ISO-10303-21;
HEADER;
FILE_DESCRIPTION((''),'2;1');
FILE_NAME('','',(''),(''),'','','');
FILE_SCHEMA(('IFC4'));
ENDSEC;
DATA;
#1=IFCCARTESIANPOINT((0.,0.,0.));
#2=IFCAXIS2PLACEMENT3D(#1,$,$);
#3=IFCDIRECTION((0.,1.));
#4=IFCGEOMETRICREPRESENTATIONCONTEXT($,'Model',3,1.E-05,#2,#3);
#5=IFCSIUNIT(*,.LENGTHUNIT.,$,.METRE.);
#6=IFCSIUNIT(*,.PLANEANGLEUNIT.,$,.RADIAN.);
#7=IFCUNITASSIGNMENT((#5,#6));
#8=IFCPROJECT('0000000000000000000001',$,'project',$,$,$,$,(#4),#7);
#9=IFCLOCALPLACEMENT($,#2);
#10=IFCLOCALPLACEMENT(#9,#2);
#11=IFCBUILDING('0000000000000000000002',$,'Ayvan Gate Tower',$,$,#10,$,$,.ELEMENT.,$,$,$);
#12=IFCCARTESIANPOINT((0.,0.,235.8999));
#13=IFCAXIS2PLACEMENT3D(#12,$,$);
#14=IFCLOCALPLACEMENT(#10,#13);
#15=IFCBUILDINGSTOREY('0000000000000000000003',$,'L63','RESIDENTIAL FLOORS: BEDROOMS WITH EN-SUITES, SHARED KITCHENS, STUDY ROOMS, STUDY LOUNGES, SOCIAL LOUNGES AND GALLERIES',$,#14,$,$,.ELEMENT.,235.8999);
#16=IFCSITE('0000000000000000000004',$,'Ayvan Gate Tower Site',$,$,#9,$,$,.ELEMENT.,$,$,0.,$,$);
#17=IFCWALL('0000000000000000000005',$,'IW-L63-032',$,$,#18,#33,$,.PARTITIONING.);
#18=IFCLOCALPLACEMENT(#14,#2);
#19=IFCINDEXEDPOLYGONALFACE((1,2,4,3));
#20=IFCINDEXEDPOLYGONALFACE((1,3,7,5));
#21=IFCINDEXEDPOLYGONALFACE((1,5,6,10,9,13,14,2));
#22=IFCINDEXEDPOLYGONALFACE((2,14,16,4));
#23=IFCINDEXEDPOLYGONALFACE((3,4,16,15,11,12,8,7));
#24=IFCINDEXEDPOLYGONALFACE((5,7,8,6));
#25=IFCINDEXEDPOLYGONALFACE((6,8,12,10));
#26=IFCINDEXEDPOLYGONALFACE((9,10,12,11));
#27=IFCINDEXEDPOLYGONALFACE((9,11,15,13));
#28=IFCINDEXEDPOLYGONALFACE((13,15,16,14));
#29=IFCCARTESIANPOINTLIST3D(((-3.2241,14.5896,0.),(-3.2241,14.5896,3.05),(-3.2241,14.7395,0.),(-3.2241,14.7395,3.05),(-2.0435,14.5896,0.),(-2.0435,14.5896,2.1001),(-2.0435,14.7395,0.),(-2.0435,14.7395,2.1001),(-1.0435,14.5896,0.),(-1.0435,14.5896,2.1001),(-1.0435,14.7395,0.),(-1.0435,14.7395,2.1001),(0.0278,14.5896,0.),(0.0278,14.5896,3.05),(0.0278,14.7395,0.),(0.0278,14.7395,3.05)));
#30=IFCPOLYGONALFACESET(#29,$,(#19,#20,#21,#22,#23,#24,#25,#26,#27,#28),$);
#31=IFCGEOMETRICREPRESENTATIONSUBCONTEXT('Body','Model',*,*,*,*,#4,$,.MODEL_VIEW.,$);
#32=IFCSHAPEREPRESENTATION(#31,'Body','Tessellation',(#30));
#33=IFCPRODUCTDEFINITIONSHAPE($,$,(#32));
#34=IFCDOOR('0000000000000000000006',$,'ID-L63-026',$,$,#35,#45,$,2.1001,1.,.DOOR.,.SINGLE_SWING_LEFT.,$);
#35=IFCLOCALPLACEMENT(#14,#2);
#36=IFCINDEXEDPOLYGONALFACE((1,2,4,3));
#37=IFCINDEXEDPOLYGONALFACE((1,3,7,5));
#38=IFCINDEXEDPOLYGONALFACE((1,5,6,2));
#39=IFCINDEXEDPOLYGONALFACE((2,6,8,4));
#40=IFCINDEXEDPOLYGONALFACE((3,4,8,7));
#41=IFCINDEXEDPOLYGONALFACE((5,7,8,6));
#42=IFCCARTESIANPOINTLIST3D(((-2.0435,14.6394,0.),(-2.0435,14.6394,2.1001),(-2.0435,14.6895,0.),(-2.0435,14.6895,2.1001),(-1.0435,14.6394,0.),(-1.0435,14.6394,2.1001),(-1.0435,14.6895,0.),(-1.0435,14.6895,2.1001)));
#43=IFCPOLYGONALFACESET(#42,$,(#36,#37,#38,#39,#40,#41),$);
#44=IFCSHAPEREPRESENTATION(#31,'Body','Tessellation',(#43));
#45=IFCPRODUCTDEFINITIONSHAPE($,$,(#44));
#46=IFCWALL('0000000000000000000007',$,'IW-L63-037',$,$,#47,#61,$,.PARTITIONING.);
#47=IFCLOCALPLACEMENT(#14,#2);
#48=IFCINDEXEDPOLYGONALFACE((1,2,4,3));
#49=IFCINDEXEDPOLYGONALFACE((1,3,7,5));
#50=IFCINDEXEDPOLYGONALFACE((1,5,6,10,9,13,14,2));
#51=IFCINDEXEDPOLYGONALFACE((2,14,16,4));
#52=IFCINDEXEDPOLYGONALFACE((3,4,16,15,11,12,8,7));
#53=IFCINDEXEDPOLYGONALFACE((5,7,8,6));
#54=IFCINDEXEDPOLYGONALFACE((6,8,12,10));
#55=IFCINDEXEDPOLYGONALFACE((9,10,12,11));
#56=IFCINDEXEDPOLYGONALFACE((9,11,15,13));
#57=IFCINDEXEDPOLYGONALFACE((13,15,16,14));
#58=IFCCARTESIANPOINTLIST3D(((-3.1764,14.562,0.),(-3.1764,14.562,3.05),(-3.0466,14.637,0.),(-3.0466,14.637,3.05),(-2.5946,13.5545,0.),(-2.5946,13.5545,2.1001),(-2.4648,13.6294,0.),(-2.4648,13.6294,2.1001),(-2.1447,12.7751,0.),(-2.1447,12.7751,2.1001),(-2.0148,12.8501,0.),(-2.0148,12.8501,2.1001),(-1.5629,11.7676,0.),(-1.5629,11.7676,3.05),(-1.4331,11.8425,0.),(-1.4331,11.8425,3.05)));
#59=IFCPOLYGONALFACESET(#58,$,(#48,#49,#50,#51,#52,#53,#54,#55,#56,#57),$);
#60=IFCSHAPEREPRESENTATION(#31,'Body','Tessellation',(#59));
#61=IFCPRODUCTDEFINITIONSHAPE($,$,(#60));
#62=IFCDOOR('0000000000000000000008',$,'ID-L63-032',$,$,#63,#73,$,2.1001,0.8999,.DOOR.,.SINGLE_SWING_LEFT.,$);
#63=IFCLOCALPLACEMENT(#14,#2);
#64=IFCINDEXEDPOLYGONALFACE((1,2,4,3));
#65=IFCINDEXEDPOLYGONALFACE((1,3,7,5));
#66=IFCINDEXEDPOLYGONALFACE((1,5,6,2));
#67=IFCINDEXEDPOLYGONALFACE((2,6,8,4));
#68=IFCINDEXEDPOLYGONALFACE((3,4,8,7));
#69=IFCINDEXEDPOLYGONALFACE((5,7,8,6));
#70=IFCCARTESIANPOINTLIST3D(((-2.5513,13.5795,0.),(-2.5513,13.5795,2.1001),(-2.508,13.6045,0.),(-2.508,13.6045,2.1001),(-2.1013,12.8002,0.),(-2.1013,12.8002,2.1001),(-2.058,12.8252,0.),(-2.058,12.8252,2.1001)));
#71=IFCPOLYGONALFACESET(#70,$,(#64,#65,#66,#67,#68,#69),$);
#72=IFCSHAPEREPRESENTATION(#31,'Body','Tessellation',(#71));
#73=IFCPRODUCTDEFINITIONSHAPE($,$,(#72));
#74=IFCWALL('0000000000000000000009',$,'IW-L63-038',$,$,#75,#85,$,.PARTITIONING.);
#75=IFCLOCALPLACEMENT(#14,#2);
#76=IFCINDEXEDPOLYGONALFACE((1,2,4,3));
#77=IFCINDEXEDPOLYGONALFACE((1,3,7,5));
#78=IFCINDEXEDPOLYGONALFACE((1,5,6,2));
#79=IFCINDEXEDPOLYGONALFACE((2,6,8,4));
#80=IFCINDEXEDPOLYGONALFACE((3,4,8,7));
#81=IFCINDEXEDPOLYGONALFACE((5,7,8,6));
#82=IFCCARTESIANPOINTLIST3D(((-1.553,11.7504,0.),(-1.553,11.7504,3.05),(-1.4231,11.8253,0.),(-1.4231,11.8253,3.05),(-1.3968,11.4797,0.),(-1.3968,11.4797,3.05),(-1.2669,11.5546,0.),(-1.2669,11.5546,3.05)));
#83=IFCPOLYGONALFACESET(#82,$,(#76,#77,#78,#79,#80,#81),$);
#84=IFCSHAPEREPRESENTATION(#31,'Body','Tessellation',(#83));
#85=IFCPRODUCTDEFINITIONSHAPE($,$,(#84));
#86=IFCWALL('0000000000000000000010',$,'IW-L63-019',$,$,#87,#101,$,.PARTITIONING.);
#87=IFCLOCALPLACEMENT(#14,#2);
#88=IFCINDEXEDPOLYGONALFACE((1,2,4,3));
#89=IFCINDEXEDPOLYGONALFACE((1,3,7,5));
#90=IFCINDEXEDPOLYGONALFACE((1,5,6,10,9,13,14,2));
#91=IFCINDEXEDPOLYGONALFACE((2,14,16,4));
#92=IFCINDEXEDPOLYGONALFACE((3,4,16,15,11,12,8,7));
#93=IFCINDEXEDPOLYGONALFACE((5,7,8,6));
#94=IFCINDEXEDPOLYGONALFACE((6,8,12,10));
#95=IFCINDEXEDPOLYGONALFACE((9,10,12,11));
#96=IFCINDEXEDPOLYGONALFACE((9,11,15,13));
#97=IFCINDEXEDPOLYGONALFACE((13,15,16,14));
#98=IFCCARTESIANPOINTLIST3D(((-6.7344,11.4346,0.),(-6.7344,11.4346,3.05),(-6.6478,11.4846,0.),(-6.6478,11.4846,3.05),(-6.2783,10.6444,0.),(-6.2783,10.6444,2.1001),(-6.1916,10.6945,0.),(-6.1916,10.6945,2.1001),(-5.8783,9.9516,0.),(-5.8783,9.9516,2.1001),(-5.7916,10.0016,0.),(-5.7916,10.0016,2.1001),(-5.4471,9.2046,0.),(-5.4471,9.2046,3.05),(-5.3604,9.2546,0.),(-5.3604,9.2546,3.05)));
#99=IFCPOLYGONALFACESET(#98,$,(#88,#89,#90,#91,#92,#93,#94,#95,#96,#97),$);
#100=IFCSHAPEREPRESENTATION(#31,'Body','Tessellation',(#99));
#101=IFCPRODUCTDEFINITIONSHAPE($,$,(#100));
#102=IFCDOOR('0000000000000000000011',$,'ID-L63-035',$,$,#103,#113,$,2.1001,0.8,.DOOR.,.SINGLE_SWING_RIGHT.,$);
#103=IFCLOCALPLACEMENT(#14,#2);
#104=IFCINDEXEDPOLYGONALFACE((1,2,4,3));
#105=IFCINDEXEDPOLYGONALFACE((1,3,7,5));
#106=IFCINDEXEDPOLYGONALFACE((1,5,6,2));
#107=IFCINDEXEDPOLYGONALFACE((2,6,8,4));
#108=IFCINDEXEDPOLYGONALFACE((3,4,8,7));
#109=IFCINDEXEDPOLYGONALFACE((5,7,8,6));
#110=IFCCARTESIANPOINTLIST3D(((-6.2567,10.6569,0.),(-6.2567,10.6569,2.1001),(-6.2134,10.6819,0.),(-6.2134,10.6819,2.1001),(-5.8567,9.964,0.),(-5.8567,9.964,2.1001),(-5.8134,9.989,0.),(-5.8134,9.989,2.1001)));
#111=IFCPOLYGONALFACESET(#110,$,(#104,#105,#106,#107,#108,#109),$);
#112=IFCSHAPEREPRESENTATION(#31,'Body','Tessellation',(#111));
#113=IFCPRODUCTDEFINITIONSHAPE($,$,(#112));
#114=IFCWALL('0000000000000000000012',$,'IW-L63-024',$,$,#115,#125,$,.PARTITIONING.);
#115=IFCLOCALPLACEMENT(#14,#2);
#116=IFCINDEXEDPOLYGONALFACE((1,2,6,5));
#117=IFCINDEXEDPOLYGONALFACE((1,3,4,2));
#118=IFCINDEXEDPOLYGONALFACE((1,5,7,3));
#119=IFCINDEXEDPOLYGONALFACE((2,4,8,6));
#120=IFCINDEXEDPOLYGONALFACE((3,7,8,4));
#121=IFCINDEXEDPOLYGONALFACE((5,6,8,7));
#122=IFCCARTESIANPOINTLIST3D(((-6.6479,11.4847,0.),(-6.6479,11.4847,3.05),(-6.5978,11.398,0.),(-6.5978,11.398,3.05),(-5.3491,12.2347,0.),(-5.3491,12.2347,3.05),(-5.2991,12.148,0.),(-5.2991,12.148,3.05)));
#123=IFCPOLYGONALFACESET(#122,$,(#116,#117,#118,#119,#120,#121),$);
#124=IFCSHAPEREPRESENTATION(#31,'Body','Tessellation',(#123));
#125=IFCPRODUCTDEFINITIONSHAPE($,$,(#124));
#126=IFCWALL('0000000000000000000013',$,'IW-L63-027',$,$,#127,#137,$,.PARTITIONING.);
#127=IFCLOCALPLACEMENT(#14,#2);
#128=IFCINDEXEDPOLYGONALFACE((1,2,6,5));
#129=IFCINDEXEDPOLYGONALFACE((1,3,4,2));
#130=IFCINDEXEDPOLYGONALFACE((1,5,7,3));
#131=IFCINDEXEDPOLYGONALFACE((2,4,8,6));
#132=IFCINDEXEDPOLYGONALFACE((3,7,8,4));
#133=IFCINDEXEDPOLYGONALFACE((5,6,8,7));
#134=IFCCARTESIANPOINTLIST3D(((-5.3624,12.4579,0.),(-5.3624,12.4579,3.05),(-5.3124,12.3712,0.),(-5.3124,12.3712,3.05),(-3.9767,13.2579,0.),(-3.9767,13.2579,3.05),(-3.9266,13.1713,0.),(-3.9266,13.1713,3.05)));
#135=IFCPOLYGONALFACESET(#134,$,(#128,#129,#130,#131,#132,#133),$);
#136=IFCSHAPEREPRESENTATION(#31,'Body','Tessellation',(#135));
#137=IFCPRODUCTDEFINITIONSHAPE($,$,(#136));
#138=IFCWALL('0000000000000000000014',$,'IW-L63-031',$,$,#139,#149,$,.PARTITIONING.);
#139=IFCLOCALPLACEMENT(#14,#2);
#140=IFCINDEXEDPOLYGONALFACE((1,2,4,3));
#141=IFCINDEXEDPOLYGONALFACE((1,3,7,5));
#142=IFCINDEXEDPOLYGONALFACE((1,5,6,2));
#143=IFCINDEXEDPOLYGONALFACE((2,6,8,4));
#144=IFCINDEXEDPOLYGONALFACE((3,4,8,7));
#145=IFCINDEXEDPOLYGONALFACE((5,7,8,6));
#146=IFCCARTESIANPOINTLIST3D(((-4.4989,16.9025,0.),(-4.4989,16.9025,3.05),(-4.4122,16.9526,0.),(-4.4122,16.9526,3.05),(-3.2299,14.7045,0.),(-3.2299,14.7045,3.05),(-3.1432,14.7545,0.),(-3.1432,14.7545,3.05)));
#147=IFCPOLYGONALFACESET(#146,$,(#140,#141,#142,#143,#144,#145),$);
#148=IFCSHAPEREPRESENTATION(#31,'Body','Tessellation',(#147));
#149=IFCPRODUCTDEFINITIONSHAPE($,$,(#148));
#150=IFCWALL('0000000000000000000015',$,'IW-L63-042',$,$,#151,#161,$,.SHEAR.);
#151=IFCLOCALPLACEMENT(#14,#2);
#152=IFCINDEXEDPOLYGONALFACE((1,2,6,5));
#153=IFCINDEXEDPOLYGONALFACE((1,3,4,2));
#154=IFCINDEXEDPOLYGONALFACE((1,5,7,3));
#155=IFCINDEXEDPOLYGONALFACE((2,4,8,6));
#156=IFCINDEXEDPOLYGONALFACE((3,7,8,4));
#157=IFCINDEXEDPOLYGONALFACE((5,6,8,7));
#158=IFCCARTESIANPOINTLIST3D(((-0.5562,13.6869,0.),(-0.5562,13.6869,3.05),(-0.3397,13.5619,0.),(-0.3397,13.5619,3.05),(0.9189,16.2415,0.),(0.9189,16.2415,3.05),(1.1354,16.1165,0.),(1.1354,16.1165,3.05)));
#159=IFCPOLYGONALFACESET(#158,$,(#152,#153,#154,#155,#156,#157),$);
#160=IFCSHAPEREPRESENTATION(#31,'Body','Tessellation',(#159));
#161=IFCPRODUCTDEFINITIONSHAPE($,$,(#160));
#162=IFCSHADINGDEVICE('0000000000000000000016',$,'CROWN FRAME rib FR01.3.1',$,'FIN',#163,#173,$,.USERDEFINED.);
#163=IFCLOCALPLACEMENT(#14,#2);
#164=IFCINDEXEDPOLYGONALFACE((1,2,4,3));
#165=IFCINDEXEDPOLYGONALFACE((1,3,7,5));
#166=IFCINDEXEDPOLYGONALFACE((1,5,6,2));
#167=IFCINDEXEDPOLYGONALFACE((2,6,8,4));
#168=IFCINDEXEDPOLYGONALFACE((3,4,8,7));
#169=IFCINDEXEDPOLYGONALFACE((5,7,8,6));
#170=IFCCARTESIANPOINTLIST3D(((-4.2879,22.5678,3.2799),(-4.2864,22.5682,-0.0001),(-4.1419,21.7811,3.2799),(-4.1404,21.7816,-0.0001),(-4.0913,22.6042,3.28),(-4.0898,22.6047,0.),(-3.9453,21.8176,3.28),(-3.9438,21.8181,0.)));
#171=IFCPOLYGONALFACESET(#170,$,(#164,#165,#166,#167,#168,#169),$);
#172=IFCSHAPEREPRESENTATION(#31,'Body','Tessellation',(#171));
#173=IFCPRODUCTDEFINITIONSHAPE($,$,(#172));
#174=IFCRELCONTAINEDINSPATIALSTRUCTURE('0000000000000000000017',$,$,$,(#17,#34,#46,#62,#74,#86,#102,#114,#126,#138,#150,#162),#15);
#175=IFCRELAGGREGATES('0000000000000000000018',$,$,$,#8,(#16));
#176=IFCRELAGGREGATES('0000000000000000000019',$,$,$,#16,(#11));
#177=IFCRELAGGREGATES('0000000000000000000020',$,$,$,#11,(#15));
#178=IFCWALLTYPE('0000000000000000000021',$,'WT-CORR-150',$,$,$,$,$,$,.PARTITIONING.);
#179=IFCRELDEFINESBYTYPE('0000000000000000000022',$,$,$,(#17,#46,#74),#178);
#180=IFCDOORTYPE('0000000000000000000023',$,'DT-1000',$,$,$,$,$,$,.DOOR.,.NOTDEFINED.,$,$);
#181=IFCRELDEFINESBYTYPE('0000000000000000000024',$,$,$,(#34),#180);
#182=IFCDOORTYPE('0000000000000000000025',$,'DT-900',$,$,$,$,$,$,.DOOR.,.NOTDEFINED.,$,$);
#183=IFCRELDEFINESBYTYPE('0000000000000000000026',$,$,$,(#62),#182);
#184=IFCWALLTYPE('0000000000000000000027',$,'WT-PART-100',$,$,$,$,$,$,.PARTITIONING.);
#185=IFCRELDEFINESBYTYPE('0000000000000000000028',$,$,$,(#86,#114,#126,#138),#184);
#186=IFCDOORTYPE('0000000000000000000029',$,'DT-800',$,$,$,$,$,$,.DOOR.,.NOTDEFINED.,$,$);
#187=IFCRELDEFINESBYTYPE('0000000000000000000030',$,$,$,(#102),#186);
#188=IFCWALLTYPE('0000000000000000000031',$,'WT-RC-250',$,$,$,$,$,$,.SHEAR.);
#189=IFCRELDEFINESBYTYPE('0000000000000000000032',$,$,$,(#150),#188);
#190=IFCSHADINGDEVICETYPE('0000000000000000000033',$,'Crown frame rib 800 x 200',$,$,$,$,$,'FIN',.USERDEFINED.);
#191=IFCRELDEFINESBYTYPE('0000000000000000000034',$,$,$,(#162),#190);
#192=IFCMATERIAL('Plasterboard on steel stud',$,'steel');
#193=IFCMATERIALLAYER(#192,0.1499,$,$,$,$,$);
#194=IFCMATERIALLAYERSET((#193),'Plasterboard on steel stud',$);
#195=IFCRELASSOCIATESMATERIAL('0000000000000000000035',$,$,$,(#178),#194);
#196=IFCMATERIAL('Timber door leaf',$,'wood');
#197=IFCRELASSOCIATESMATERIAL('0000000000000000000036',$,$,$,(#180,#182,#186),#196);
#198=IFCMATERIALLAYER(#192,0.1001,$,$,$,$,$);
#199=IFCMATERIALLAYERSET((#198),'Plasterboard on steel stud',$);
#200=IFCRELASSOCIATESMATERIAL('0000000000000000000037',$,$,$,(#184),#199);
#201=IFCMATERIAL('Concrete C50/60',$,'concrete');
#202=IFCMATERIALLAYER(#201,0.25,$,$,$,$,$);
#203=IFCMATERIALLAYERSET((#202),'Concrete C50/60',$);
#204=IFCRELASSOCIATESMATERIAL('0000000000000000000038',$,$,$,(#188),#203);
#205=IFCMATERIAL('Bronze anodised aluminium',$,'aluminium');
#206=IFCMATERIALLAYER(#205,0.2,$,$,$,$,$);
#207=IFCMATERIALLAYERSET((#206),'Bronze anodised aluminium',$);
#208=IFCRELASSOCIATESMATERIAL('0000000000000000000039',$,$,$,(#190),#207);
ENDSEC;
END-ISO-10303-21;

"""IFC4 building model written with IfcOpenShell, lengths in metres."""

from ifc_helpers import new_model, si_unit, direction, frame, frame_2d, origin, place, context, subcontext, project, spatial, polyline, rectangle, outline, extrude, material, layer, layer_set, type_object, element, fill, save


model = new_model("IFC4")

# Units and contexts
model_context = context("Model", 3, precision=1e-05, world=origin(), true_north=direction((0.0, 1.0)))
body_context = subcontext(model_context, "Body", "Model", "MODEL_VIEW")
ifc_project = project(units=[si_unit("LENGTHUNIT", "METRE"), si_unit("PLANEANGLEUNIT", "RADIAN")], contexts=[model_context])

# Site, building, storey
site_placement = place(None, origin())
site = spatial("IfcSite", under=ifc_project, at=site_placement, Name="Ayvan Gate Tower Site", CompositionType="ELEMENT", RefElevation=0.0)
building_placement = place(site_placement, origin())
building = spatial("IfcBuilding", under=site, at=building_placement, Name="Ayvan Gate Tower", CompositionType="ELEMENT")
storey_placement = place(building_placement, frame((0.0, 0.0, 235.8999)))
storey = spatial("IfcBuildingStorey", under=building, at=storey_placement, Name="L63", Description="RESIDENTIAL FLOORS: BEDROOMS WITH EN-SUITES, SHARED KITCHENS, STUDY ROOMS, STUDY LOUNGES, SOCIAL LOUNGES AND GALLERIES", CompositionType="ELEMENT", Elevation=235.8999)

# Shared definitions
ifc_material_1 = material(Name="Concrete C50/60", Category="concrete")

# Shared definitions
ifc_material_2 = material(Name="Bronze anodised aluminium", Category="aluminium")

# Walls, openings, doors
ifc_material_3 = material(Name="Plasterboard on steel stud", Category="steel")
ifc_layer_1 = layer(ifc_material_3, 0.1499)
ifc_layer_set_1 = layer_set([ifc_layer_1], Name="Plasterboard on steel stud")
wall_type_1 = type_object("IfcWallType", Name="WT-CORR-150", PredefinedType="PARTITIONING", material=ifc_layer_set_1)
wall_1_placement = place(storey_placement, frame((-3.2241, 14.6646, 0.0), z_axis=(0.0, 0.0, 1.0), x_axis=(1.0, 0.0, 0.0)))
wall_1 = element("IfcWall", 1, at=wall_1_placement, inside=storey, type_object=wall_type_1, Name="IW-L63-032", PredefinedType="PARTITIONING", context=body_context, shape_type="SweptSolid", body=[
    extrude(rectangle(XDim=3.252, YDim=0.1499, at=frame_2d((1.626, 0.0))), origin(), (0.0, 0.0, 1.0), 3.05),
])
opening_1_placement = place(wall_1_placement, frame((1.1807, 0.0, 0.0)))
opening_1 = element("IfcOpeningElement", 2, at=opening_1_placement, cuts=wall_1, PredefinedType="OPENING", context=body_context, shape_type="SweptSolid", body=[
    extrude(rectangle(XDim=1.0, YDim=2.1001, at=frame_2d((0.5, 1.05))), frame((0.0, 0.085, 0.0), z_axis=(0.0, -1.0, 0.0), x_axis=(1.0, 0.0, 0.0)), (0.0, 0.0, 1.0), 0.1699),
])
ifc_material_4 = material(Name="Timber door leaf", Category="wood")
door_type_1 = type_object("IfcDoorType", Name="DT-1000", OperationType="NOTDEFINED", PredefinedType="DOOR", material=ifc_material_4)
door_1_placement = place(opening_1_placement, origin())
door_1 = element("IfcDoor", 3, at=door_1_placement, inside=storey, type_object=door_type_1, Name="ID-L63-026", OperationType="SINGLE_SWING_LEFT", OverallHeight=2.1001, OverallWidth=1.0, PredefinedType="DOOR", context=body_context, shape_type="SweptSolid", body=[
    extrude(rectangle(XDim=1.0, YDim=2.1001, at=frame_2d((0.5, 1.05))), frame((0.0, 0.0249, 0.0), z_axis=(0.0, -1.0, 0.0), x_axis=(1.0, 0.0, 0.0)), (0.0, 0.0, 1.0), 0.05),
])
fill(opening_1, door_1)
wall_2_placement = place(storey_placement, frame((-1.498, 11.8052, 0.0), z_axis=(0.0, 0.0, 1.0), x_axis=(-0.500037, 0.866004, 0.0)))
wall_2 = element("IfcWall", 4, at=wall_2_placement, inside=storey, type_object=wall_type_1, Name="IW-L63-037", PredefinedType="PARTITIONING", context=body_context, shape_type="SweptSolid", body=[
    extrude(rectangle(XDim=3.2268, YDim=0.1499, at=frame_2d((1.6133, 0.0))), origin(), (0.0, 0.0, 1.0), 3.05),
])
opening_2_placement = place(wall_2_placement, frame((1.1633, 0.0, 0.0)))
opening_2 = element("IfcOpeningElement", 5, at=opening_2_placement, cuts=wall_2, PredefinedType="OPENING", context=body_context, shape_type="SweptSolid", body=[
    extrude(rectangle(XDim=0.8999, YDim=2.1001, at=frame_2d((0.45, 1.05))), frame((0.0, 0.085, 0.0), z_axis=(0.0, -1.0, 0.0), x_axis=(1.0, 0.0, 0.0)), (0.0, 0.0, 1.0), 0.1699),
])
door_type_2 = type_object("IfcDoorType", Name="DT-900", OperationType="NOTDEFINED", PredefinedType="DOOR", material=ifc_material_4)
door_2_placement = place(opening_2_placement, origin())
door_2 = element("IfcDoor", 6, at=door_2_placement, inside=storey, type_object=door_type_2, Name="ID-L63-032", OperationType="SINGLE_SWING_LEFT", OverallHeight=2.1001, OverallWidth=0.8999, PredefinedType="DOOR", context=body_context, shape_type="SweptSolid", body=[
    extrude(rectangle(XDim=0.8999, YDim=2.1001, at=frame_2d((0.45, 1.05))), frame((0.0, 0.0249, 0.0), z_axis=(0.0, -1.0, 0.0), x_axis=(1.0, 0.0, 0.0)), (0.0, 0.0, 1.0), 0.05),
])
fill(opening_2, door_2)

# Wall
wall_3_placement = place(storey_placement, frame((-1.488, 11.7878, 0.0), z_axis=(0.0, 0.0, 1.0), x_axis=(0.499835, -0.866121, 0.0)))
element("IfcWall", 7, at=wall_3_placement, inside=storey, type_object=wall_type_1, Name="IW-L63-038", PredefinedType="PARTITIONING", context=body_context, shape_type="SweptSolid", body=[
    extrude(rectangle(XDim=0.3125, YDim=0.1499, at=frame_2d((0.1562, 0.0))), origin(), (0.0, 0.0, 1.0), 3.05),
])

# Wall, opening, door
ifc_layer_2 = layer(ifc_material_3, 0.1001)
ifc_layer_set_2 = layer_set([ifc_layer_2], Name="Plasterboard on steel stud")
wall_type_2 = type_object("IfcWallType", Name="WT-PART-100", PredefinedType="PARTITIONING", material=ifc_layer_set_2)
wall_4_placement = place(storey_placement, frame((-6.6912, 11.4597, 0.0), z_axis=(0.0, 0.0, 1.0), x_axis=(0.499963, -0.866047, 0.0)))
wall_4 = element("IfcWall", 8, at=wall_4_placement, inside=storey, type_object=wall_type_2, Name="IW-L63-019", PredefinedType="PARTITIONING", context=body_context, shape_type="SweptSolid", body=[
    extrude(rectangle(XDim=2.575, YDim=0.1001, at=frame_2d((1.2876, 0.0))), origin(), (0.0, 0.0, 1.0), 3.05),
])
opening_3_placement = place(wall_4_placement, frame((0.9126, 0.0, 0.0)))
opening_3 = element("IfcOpeningElement", 9, at=opening_3_placement, cuts=wall_4, PredefinedType="OPENING", context=body_context, shape_type="SweptSolid", body=[
    extrude(rectangle(XDim=0.8, YDim=2.1001, at=frame_2d((0.3999, 1.05))), frame((0.0, 0.0601, 0.0), z_axis=(0.0, -1.0, 0.0), x_axis=(1.0, 0.0, 0.0)), (0.0, 0.0, 1.0), 0.1201),
])
door_type_3 = type_object("IfcDoorType", Name="DT-800", OperationType="NOTDEFINED", PredefinedType="DOOR", material=ifc_material_4)
door_3_placement = place(opening_3_placement, origin())
door_3 = element("IfcDoor", 10, at=door_3_placement, inside=storey, type_object=door_type_3, Name="ID-L63-035", OperationType="SINGLE_SWING_RIGHT", OverallHeight=2.1001, OverallWidth=0.8, PredefinedType="DOOR", context=body_context, shape_type="SweptSolid", body=[
    extrude(rectangle(XDim=0.8, YDim=2.1001, at=frame_2d((0.3999, 1.05))), frame((0.0, 0.0249, 0.0), z_axis=(0.0, -1.0, 0.0), x_axis=(1.0, 0.0, 0.0)), (0.0, 0.0, 1.0), 0.05),
])
fill(opening_3, door_3)

# Walls
wall_5_placement = place(storey_placement, frame((-5.324, 12.1914, 0.0), z_axis=(0.0, 0.0, 1.0), x_axis=(-0.86599, -0.500061, 0.0)))
element("IfcWall", 11, at=wall_5_placement, inside=storey, type_object=wall_type_2, Name="IW-L63-024", PredefinedType="PARTITIONING", context=body_context, shape_type="SweptSolid", body=[
    extrude(rectangle(XDim=1.4998, YDim=0.1001, at=frame_2d((0.75, 0.0))), origin(), (0.0, 0.0, 1.0), 3.05),
])
wall_6_placement = place(storey_placement, frame((-3.9517, 13.2146, 0.0), z_axis=(0.0, 0.0, 1.0), x_axis=(-0.866028, -0.499995, 0.0)))
element("IfcWall", 12, at=wall_6_placement, inside=storey, type_object=wall_type_2, Name="IW-L63-027", PredefinedType="PARTITIONING", context=body_context, shape_type="SweptSolid", body=[
    extrude(rectangle(XDim=1.6001, YDim=0.1001, at=frame_2d((0.8, 0.0))), origin(), (0.0, 0.0, 1.0), 3.05),
])
wall_7_placement = place(storey_placement, frame((-3.1865, 14.7295, 0.0), z_axis=(0.0, 0.0, 1.0), x_axis=(-0.500008, 0.866021, 0.0)))
element("IfcWall", 13, at=wall_7_placement, inside=storey, type_object=wall_type_2, Name="IW-L63-031", PredefinedType="PARTITIONING", context=body_context, shape_type="SweptSolid", body=[
    extrude(rectangle(XDim=2.5381, YDim=0.1001, at=frame_2d((1.269, 0.0))), origin(), (0.0, 0.0, 1.0), 3.05),
])
ifc_layer_3 = layer(ifc_material_1, 0.25)
ifc_layer_set_3 = layer_set([ifc_layer_3], Name="Concrete C50/60")
wall_type_3 = type_object("IfcWallType", Name="WT-RC-250", PredefinedType="SHEAR", material=ifc_layer_set_3)
wall_8_placement = place(storey_placement, frame((-0.448, 13.6243, 0.0), z_axis=(0.0, 0.0, 1.0), x_axis=(0.500038, 0.866004, 0.0)))
element("IfcWall", 14, at=wall_8_placement, inside=storey, type_object=wall_type_3, Name="IW-L63-042", PredefinedType="SHEAR", context=body_context, shape_type="SweptSolid", body=[
    extrude(rectangle(XDim=2.95, YDim=0.25, at=frame_2d((1.4751, 0.0))), origin(), (0.0, 0.0, 1.0), 3.05),
])

# Shading device
ifc_layer_4 = layer(ifc_material_2, 0.2)
ifc_layer_set_4 = layer_set([ifc_layer_4], Name="Bronze anodised aluminium")
shading_device_type = type_object("IfcShadingDeviceType", Name="Crown frame rib 800 x 200", ElementType="FIN", PredefinedType="USERDEFINED", material=ifc_layer_set_4)
shading_device_placement = place(storey_placement, frame((-3.9438, 21.8181, 0.0), z_axis=(0.983209, 0.182483, 0.000466), x_axis=(-0.182483, 0.983209, 0.0)))
element("IfcShadingDevice", 15, at=shading_device_placement, inside=storey, type_object=shading_device_type, Name="CROWN FRAME rib FR01.3.1", ObjectType="FIN", PredefinedType="USERDEFINED", context=body_context, shape_type="SweptSolid", body=[
    extrude(outline(polyline([(0.0, 0.0), (0.8001, 0.0), (0.7998, 3.28), (-0.0002, 3.28), (0.0, 0.0)])), origin(), (0.0, 0.0, -1.0), 0.2),
])

save(model, "model.ifc")
